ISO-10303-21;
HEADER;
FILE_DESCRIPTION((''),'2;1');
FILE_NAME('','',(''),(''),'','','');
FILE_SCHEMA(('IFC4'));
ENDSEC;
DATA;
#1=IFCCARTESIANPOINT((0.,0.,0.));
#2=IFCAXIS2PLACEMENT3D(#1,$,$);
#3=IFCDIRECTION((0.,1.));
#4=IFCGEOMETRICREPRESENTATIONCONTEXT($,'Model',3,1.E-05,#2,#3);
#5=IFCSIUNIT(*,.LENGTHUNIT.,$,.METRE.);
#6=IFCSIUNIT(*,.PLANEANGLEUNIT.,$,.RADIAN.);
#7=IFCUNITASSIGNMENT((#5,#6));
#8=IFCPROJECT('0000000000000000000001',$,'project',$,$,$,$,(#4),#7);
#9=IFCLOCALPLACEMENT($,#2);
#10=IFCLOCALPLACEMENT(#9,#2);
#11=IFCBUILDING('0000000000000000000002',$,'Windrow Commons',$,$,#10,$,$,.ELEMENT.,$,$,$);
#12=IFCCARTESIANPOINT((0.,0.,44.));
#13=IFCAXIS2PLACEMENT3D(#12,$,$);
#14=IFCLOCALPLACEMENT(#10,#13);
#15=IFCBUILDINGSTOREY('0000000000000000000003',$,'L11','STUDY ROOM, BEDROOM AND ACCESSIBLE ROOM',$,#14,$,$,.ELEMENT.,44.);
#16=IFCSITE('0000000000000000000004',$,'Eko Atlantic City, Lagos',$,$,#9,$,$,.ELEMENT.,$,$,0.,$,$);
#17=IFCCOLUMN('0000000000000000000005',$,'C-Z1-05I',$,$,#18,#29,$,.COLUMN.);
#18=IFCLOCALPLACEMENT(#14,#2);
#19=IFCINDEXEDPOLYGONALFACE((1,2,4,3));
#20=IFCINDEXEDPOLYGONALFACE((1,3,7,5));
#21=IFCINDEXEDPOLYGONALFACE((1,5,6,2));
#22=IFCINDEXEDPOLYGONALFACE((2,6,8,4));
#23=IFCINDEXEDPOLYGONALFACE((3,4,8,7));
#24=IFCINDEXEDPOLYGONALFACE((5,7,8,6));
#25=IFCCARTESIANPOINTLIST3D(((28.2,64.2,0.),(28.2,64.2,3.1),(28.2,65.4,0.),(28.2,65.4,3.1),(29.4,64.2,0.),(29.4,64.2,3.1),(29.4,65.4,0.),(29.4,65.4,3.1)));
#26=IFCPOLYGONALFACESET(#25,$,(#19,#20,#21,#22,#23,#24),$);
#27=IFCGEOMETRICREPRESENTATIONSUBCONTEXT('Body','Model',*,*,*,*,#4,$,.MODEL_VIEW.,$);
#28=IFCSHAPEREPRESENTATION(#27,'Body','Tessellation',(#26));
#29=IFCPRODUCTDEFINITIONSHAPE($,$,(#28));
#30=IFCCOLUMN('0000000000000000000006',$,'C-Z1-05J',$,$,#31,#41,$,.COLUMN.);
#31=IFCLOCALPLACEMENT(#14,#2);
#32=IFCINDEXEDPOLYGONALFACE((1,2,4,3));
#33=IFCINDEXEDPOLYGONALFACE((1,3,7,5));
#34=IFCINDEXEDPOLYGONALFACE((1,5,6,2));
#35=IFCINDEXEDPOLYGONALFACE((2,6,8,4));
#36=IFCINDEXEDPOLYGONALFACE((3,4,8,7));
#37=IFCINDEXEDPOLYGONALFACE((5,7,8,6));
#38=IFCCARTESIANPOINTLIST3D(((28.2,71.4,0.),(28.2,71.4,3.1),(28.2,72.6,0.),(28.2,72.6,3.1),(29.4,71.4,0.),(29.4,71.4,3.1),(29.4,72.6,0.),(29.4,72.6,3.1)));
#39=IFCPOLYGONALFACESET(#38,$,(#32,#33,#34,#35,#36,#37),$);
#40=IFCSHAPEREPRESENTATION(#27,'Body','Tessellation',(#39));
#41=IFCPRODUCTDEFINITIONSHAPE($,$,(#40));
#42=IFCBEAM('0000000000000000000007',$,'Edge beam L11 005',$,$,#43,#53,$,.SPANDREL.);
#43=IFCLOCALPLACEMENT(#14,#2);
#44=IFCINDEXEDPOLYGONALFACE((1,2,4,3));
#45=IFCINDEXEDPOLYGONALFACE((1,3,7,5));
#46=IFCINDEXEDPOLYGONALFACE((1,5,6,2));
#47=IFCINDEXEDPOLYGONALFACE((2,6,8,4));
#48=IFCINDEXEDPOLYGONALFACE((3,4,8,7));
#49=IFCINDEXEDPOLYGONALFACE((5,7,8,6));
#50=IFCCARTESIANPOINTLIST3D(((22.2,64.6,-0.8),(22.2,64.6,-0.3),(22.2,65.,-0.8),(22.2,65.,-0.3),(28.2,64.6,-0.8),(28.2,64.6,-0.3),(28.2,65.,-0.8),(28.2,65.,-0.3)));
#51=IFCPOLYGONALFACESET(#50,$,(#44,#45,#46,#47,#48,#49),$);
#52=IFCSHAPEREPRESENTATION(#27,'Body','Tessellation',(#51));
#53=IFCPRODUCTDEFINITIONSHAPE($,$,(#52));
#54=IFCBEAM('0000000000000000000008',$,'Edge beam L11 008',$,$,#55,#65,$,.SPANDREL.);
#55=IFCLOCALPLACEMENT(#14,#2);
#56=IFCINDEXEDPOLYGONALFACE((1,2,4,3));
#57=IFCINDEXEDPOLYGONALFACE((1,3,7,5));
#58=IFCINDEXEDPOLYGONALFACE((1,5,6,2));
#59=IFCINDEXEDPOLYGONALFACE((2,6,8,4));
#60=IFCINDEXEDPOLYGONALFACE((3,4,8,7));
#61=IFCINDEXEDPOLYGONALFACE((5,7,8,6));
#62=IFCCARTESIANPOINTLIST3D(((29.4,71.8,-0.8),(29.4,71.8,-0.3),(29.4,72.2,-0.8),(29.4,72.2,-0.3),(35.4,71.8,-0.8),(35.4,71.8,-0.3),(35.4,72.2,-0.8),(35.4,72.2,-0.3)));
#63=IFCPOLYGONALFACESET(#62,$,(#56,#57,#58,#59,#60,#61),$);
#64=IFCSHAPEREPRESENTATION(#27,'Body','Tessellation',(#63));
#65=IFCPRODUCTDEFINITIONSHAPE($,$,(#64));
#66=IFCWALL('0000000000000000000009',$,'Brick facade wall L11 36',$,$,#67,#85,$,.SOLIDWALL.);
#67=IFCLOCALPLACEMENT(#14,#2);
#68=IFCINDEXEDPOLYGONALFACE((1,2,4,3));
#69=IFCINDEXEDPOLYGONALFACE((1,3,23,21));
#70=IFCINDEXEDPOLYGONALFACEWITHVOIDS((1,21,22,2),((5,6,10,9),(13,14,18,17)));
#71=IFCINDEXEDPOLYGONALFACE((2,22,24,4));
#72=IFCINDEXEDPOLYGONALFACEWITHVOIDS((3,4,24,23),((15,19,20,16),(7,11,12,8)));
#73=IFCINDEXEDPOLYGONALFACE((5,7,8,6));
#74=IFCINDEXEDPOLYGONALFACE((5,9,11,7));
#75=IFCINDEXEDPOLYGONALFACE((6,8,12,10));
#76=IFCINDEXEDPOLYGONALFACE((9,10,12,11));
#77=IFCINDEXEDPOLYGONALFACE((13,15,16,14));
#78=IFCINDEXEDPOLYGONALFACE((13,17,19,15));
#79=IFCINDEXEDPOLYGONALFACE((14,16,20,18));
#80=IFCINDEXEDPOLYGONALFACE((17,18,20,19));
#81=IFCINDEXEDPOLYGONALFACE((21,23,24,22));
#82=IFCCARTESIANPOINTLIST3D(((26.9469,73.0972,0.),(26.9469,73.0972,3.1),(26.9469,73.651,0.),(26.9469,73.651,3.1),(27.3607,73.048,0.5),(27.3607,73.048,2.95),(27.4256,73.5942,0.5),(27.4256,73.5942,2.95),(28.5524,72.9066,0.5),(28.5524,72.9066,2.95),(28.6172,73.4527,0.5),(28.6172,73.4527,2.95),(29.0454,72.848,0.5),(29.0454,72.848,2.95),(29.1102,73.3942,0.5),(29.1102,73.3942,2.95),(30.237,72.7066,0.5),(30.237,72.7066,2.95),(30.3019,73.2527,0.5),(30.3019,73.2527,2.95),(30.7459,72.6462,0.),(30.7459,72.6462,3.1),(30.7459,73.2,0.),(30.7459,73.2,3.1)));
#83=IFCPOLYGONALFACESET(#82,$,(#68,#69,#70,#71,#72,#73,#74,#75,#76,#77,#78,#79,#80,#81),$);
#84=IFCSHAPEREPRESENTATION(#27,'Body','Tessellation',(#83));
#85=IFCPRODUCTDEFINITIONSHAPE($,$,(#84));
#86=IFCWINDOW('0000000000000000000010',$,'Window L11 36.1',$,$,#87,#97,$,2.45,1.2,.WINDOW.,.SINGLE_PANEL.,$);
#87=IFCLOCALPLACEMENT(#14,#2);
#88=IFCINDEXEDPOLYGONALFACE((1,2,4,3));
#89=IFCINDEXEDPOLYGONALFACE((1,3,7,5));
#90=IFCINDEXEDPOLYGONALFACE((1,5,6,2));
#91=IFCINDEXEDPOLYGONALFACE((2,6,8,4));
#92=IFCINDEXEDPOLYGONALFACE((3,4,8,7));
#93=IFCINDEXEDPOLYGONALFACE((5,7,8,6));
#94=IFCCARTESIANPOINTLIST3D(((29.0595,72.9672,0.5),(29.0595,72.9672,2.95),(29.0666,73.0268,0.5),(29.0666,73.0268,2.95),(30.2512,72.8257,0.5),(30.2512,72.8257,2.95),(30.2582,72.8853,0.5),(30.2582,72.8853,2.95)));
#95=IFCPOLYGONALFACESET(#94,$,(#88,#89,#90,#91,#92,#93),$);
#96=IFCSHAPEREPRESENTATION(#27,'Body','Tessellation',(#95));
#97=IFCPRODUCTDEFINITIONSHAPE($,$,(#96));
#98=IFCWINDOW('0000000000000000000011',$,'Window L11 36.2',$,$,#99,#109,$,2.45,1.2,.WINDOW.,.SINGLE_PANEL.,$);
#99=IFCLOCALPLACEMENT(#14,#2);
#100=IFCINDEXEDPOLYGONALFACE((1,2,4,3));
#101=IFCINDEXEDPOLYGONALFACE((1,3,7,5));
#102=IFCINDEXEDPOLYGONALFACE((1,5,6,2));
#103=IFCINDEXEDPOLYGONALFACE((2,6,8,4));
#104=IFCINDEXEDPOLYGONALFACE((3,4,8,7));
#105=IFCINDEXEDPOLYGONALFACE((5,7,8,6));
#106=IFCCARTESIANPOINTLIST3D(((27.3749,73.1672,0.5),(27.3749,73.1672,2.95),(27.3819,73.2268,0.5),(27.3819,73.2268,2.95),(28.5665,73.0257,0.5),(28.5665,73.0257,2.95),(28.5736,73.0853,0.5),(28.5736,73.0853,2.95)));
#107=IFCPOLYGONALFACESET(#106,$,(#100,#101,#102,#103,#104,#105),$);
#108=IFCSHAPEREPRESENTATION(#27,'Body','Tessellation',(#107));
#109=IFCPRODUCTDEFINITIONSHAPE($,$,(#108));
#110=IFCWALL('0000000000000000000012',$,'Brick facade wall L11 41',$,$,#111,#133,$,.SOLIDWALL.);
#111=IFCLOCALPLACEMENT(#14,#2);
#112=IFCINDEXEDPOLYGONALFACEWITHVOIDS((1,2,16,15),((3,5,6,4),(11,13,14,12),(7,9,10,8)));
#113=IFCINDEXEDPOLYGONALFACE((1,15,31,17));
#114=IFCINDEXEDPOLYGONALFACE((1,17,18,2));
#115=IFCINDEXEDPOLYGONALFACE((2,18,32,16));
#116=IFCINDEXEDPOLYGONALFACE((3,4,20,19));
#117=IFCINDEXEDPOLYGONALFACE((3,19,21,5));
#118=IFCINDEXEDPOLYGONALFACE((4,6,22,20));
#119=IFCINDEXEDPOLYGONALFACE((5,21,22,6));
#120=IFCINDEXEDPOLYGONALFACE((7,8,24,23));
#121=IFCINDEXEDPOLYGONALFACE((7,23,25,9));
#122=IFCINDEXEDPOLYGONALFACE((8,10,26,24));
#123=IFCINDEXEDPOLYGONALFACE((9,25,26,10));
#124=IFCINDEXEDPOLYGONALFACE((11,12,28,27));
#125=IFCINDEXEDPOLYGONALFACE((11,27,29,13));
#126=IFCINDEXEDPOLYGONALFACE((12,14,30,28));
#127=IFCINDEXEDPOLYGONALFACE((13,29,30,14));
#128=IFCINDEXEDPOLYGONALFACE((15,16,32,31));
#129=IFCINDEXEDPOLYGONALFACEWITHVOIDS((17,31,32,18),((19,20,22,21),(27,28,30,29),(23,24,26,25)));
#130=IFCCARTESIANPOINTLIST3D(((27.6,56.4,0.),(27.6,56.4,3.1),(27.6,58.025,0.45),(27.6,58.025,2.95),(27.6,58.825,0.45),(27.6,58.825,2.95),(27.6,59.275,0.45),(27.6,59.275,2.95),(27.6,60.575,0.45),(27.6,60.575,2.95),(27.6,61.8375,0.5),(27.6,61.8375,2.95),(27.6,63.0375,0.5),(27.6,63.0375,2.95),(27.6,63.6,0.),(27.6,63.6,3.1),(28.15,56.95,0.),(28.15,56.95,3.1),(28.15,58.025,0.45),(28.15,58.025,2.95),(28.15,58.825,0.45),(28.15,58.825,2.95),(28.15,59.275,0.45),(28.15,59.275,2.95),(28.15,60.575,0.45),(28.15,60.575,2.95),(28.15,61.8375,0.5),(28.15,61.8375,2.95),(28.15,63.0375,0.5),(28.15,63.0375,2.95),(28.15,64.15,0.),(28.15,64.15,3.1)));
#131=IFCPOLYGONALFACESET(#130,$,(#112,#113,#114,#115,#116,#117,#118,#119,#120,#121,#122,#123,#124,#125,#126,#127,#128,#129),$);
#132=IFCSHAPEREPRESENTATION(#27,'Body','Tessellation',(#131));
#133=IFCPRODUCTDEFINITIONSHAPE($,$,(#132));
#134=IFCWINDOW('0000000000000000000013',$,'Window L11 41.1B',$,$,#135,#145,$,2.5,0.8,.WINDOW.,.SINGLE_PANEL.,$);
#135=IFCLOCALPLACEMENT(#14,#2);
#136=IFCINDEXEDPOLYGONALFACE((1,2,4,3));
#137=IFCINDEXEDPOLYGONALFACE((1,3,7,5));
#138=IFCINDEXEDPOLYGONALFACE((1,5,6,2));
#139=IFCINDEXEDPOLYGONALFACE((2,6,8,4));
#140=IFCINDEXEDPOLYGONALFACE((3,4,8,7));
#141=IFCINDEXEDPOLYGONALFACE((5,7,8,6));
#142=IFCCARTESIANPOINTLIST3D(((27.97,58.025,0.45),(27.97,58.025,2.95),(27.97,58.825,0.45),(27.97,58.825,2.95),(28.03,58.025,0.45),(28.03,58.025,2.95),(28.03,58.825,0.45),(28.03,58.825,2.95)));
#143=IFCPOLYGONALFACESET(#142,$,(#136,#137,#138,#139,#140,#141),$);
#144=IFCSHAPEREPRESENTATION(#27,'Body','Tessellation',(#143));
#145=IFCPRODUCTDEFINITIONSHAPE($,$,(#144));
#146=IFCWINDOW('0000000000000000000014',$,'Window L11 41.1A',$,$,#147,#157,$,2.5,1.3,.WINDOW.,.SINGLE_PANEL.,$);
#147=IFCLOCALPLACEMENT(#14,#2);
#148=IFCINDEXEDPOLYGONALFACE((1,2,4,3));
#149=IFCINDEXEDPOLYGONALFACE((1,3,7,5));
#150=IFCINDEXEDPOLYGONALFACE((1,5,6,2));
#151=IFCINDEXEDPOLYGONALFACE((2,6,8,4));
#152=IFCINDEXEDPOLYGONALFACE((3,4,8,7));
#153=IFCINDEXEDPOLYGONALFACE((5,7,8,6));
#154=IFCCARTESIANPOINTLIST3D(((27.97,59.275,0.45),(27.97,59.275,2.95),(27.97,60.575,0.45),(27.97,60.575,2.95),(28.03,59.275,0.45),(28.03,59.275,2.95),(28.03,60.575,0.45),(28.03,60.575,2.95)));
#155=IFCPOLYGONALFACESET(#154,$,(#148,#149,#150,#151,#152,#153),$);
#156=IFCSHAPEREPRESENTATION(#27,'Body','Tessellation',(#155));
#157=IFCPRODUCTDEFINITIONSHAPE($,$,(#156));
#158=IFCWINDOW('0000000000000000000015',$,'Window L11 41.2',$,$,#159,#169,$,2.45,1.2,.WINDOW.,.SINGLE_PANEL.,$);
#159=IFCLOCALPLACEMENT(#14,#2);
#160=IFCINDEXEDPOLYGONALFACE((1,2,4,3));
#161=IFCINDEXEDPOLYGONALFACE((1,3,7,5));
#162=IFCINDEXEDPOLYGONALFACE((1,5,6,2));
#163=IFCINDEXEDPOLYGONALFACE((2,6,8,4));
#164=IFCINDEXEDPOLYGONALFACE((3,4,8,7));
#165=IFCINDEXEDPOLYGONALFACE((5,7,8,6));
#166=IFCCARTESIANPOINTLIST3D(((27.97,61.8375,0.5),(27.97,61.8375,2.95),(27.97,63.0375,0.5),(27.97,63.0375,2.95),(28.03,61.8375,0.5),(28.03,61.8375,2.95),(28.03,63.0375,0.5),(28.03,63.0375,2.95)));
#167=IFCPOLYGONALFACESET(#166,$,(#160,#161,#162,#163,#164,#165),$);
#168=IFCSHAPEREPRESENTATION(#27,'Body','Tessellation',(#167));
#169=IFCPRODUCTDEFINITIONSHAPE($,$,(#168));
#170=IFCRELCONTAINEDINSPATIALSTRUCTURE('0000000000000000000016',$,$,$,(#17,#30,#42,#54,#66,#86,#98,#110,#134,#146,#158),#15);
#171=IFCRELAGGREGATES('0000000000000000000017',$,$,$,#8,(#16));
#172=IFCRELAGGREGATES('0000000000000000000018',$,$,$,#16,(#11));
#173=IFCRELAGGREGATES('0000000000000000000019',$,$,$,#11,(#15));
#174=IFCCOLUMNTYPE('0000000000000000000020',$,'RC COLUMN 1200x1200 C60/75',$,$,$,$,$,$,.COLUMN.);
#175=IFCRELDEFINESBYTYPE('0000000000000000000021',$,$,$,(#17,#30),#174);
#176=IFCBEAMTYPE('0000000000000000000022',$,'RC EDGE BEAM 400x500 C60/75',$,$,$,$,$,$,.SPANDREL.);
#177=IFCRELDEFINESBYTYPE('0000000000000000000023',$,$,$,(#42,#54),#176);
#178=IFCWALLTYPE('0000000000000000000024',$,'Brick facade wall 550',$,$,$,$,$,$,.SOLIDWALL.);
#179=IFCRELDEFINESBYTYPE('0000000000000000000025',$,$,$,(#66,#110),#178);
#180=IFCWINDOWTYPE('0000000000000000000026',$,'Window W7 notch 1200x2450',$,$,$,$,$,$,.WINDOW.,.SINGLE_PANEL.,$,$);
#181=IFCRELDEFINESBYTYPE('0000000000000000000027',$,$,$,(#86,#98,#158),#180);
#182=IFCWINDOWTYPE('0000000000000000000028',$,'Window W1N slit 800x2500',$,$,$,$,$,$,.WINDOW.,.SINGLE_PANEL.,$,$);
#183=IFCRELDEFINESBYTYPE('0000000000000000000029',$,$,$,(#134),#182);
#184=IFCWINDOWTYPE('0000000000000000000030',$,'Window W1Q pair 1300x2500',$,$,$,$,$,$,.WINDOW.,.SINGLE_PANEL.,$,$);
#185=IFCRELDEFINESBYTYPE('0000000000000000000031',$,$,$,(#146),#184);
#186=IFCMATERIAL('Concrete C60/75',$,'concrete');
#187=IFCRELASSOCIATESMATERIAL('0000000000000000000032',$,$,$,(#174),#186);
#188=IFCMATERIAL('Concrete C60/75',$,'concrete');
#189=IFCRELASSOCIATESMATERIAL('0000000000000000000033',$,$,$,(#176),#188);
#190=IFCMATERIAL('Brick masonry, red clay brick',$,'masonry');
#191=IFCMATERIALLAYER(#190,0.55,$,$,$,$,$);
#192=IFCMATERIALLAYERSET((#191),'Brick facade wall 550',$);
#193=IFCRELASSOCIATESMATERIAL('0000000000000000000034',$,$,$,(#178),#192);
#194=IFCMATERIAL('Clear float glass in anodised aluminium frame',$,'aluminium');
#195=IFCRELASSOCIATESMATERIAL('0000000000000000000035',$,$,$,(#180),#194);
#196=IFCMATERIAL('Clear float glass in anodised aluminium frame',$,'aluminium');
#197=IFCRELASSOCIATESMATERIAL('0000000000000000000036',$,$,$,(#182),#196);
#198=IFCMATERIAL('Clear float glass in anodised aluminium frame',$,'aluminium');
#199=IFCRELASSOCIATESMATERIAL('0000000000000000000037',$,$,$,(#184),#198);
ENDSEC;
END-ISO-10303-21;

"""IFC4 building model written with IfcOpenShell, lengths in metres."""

from ifc_helpers import new_model, si_unit, direction, frame, frame_2d, origin, origin_2d, place, context, subcontext, project, spatial, polyline, rectangle, outline, extrude, material, layer, layer_set, material_profile, profile_set, type_object, element, fill, save


model = new_model("IFC4")

# Units and contexts
model_context = context("Model", 3, precision=1e-05, world=origin(), true_north=direction((0.0, 1.0)))
body_context = subcontext(model_context, "Body", "Model", "MODEL_VIEW")
ifc_project = project(units=[si_unit("LENGTHUNIT", "METRE"), si_unit("PLANEANGLEUNIT", "RADIAN")], contexts=[model_context])

# Site, building, storey
site_placement = place(None, origin())
site = spatial("IfcSite", under=ifc_project, at=site_placement, Name="Eko Atlantic City, Lagos", CompositionType="ELEMENT", RefElevation=0.0)
building_placement = place(site_placement, origin())
building = spatial("IfcBuilding", under=site, at=building_placement, Name="Windrow Commons", CompositionType="ELEMENT")
storey_placement = place(building_placement, frame((0.0, 0.0, 44.0)))
storey = spatial("IfcBuildingStorey", under=building, at=storey_placement, Name="L11", Description="STUDY ROOM, BEDROOM AND ACCESSIBLE ROOM", CompositionType="ELEMENT", Elevation=44.0)

# Columns
ifc_material_1 = material(Name="Concrete C60/75", Category="concrete")
ifc_material_profile_1 = material_profile(ifc_material_1, rectangle(XDim=1.2, YDim=1.2, at=origin_2d()))
ifc_profile_set_1 = profile_set([ifc_material_profile_1], Name="Concrete C60/75")
column_type = type_object("IfcColumnType", Name="RC COLUMN 1200x1200 C60/75", PredefinedType="COLUMN", material=ifc_profile_set_1)
for number, where, z_axis, x_axis, name in (
    (1, (28.8, 64.8, 0.0), (0.0, 0.0, 1.0), (1.0, 0.0, 0.0), "C-Z1-05I"),
    (2, (28.8, 72.0, 0.0), (0.0, 0.0, 1.0), (1.0, 0.0, 0.0), "C-Z1-05J"),
):
    element("IfcColumn", number, at=place(storey_placement, frame(where, z_axis=z_axis, x_axis=x_axis)), inside=storey, type_object=column_type, Name=name, PredefinedType="COLUMN", context=body_context, shape_type="SweptSolid", body=[
        extrude(rectangle(XDim=1.2, YDim=1.2, at=origin_2d()), origin(), (0.0, 0.0, 1.0), 3.1),
    ])

# Beams
ifc_material_2 = material(Name="Concrete C60/75", Category="concrete")
ifc_material_profile_2 = material_profile(ifc_material_2, rectangle(XDim=0.4, YDim=0.5, at=origin_2d()))
ifc_profile_set_2 = profile_set([ifc_material_profile_2], Name="Concrete C60/75")
beam_type = type_object("IfcBeamType", Name="RC EDGE BEAM 400x500 C60/75", PredefinedType="SPANDREL", material=ifc_profile_set_2)
for number, where, z_axis, x_axis, name in (
    (3, (28.2, 64.8, -0.55), (-1.0, 0.0, 0.0), (0.0, -1.0, 0.0), "Edge beam L11 005"),
    (4, (29.4, 72.0, -0.55), (1.0, 0.0, 0.0), (0.0, 1.0, 0.0), "Edge beam L11 008"),
):
    element("IfcBeam", number, at=place(storey_placement, frame(where, z_axis=z_axis, x_axis=x_axis)), inside=storey, type_object=beam_type, Name=name, PredefinedType="SPANDREL", context=body_context, shape_type="SweptSolid", body=[
        extrude(rectangle(XDim=0.4, YDim=0.5, at=origin_2d()), origin(), (0.0, 0.0, 1.0), 6.0),
    ])

# Walls, openings, windows
ifc_material_3 = material(Name="Brick masonry, red clay brick", Category="masonry")
ifc_layer_1 = layer(ifc_material_3, 0.55)
ifc_layer_set_1 = layer_set([ifc_layer_1], Name="Brick facade wall 550")
wall_type_1 = type_object("IfcWallType", Name="Brick facade wall 550", PredefinedType="SOLIDWALL", material=ifc_layer_set_1)
wall_1_placement = place(storey_placement, frame((30.7459, 72.9231, 0.0), z_axis=(0.0, 0.0, 1.0), x_axis=(-0.993027, 0.117888, 0.0)))
wall_1 = element("IfcWall", 5, at=wall_1_placement, inside=storey, type_object=wall_type_1, Name="Brick facade wall L11 36", PredefinedType="SOLIDWALL", context=body_context, shape_type="SweptSolid", body=[
    extrude(outline(polyline([(0.0326, -0.275), (3.8583, -0.275), (3.793, 0.275), (-0.0326, 0.275), (0.0326, -0.275)])), origin(), (0.0, 0.0, 1.0), 3.1),
])
opening_1_placement = place(wall_1_placement, frame((0.4798, 0.0, 0.5)))
opening_1 = element("IfcOpeningElement", 6, at=opening_1_placement, cuts=wall_1, PredefinedType="OPENING", context=body_context, shape_type="SweptSolid", body=[
    extrude(rectangle(XDim=1.2, YDim=2.45, at=frame_2d((0.6, 1.225))), frame((0.0, 0.285, 0.0), z_axis=(0.0, -1.0, 0.0), x_axis=(1.0, 0.0, 0.0)), (0.0, 0.0, 1.0), 0.57),
])
opening_2_placement = place(wall_1_placement, frame((2.1763, 0.0, 0.5)))
opening_2 = element("IfcOpeningElement", 7, at=opening_2_placement, cuts=wall_1, PredefinedType="OPENING", context=body_context, shape_type="SweptSolid", body=[
    extrude(rectangle(XDim=1.2, YDim=2.45, at=frame_2d((0.6, 1.225))), frame((0.0, 0.285, 0.0), z_axis=(0.0, -1.0, 0.0), x_axis=(1.0, 0.0, 0.0)), (0.0, 0.0, 1.0), 0.57),
])
ifc_material_4 = material(Name="Clear float glass in anodised aluminium frame", Category="aluminium")
window_type_1 = type_object("IfcWindowType", Name="Window W7 notch 1200x2450", PartitioningType="SINGLE_PANEL", PredefinedType="WINDOW", material=ifc_material_4)
window_1_placement = place(opening_1_placement, origin())
window_1 = element("IfcWindow", 8, at=window_1_placement, inside=storey, type_object=window_type_1, Name="Window L11 36.1", OverallHeight=2.45, OverallWidth=1.2, PartitioningType="SINGLE_PANEL", PredefinedType="WINDOW", context=body_context, shape_type="SweptSolid", body=[
    extrude(rectangle(XDim=1.2, YDim=2.45, at=frame_2d((0.6, 1.225))), frame((0.0, 0.155, 0.0), z_axis=(0.0, -1.0, 0.0), x_axis=(1.0, 0.0, 0.0)), (0.0, 0.0, 1.0), 0.06),
])
fill(opening_1, window_1)
window_2_placement = place(opening_2_placement, origin())
window_2 = element("IfcWindow", 9, at=window_2_placement, inside=storey, type_object=window_type_1, Name="Window L11 36.2", OverallHeight=2.45, OverallWidth=1.2, PartitioningType="SINGLE_PANEL", PredefinedType="WINDOW", context=body_context, shape_type="SweptSolid", body=[
    extrude(rectangle(XDim=1.2, YDim=2.45, at=frame_2d((0.6, 1.225))), frame((0.0, 0.155, 0.0), z_axis=(0.0, -1.0, 0.0), x_axis=(1.0, 0.0, 0.0)), (0.0, 0.0, 1.0), 0.06),
])
fill(opening_2, window_2)
wall_2_placement = place(storey_placement, frame((27.875, 63.875, 0.0), z_axis=(0.0, 0.0, 1.0), x_axis=(0.0, -1.0, 0.0)))
wall_2 = element("IfcWall", 10, at=wall_2_placement, inside=storey, type_object=wall_type_1, Name="Brick facade wall L11 41", PredefinedType="SOLIDWALL", context=body_context, shape_type="SweptSolid", body=[
    extrude(outline(polyline([(0.275, -0.275), (7.475, -0.275), (6.925, 0.275), (-0.275, 0.275), (0.275, -0.275)])), origin(), (0.0, 0.0, 1.0), 3.1),
])
opening_3_placement = place(wall_2_placement, frame((0.8375, 0.0, 0.5)))
opening_3 = element("IfcOpeningElement", 11, at=opening_3_placement, cuts=wall_2, PredefinedType="OPENING", context=body_context, shape_type="SweptSolid", body=[
    extrude(rectangle(XDim=1.2, YDim=2.45, at=frame_2d((0.6, 1.225))), frame((0.0, 0.285, 0.0), z_axis=(0.0, -1.0, 0.0), x_axis=(1.0, 0.0, 0.0)), (0.0, 0.0, 1.0), 0.57),
])
opening_4_placement = place(wall_2_placement, frame((3.3, 0.0, 0.45)))
opening_4 = element("IfcOpeningElement", 12, at=opening_4_placement, cuts=wall_2, PredefinedType="OPENING", context=body_context, shape_type="SweptSolid", body=[
    extrude(rectangle(XDim=1.3, YDim=2.5, at=frame_2d((0.65, 1.25))), frame((0.0, 0.285, 0.0), z_axis=(0.0, -1.0, 0.0), x_axis=(1.0, 0.0, 0.0)), (0.0, 0.0, 1.0), 0.57),
])
opening_5_placement = place(wall_2_placement, frame((5.05, 0.0, 0.45)))
opening_5 = element("IfcOpeningElement", 13, at=opening_5_placement, cuts=wall_2, PredefinedType="OPENING", context=body_context, shape_type="SweptSolid", body=[
    extrude(rectangle(XDim=0.8, YDim=2.5, at=frame_2d((0.4, 1.25))), frame((0.0, 0.285, 0.0), z_axis=(0.0, -1.0, 0.0), x_axis=(1.0, 0.0, 0.0)), (0.0, 0.0, 1.0), 0.57),
])
ifc_material_5 = material(Name="Clear float glass in anodised aluminium frame", Category="aluminium")
window_type_2 = type_object("IfcWindowType", Name="Window W1N slit 800x2500", PartitioningType="SINGLE_PANEL", PredefinedType="WINDOW", material=ifc_material_5)
window_3_placement = place(opening_5_placement, origin())
window_3 = element("IfcWindow", 14, at=window_3_placement, inside=storey, type_object=window_type_2, Name="Window L11 41.1B", OverallHeight=2.5, OverallWidth=0.8, PartitioningType="SINGLE_PANEL", PredefinedType="WINDOW", context=body_context, shape_type="SweptSolid", body=[
    extrude(rectangle(XDim=0.8, YDim=2.5, at=frame_2d((0.4, 1.25))), frame((0.0, 0.155, 0.0), z_axis=(0.0, -1.0, 0.0), x_axis=(1.0, 0.0, 0.0)), (0.0, 0.0, 1.0), 0.06),
])
fill(opening_5, window_3)
ifc_material_6 = material(Name="Clear float glass in anodised aluminium frame", Category="aluminium")
window_type_3 = type_object("IfcWindowType", Name="Window W1Q pair 1300x2500", PartitioningType="SINGLE_PANEL", PredefinedType="WINDOW", material=ifc_material_6)
window_4_placement = place(opening_4_placement, origin())
window_4 = element("IfcWindow", 15, at=window_4_placement, inside=storey, type_object=window_type_3, Name="Window L11 41.1A", OverallHeight=2.5, OverallWidth=1.3, PartitioningType="SINGLE_PANEL", PredefinedType="WINDOW", context=body_context, shape_type="SweptSolid", body=[
    extrude(rectangle(XDim=1.3, YDim=2.5, at=frame_2d((0.65, 1.25))), frame((0.0, 0.155, 0.0), z_axis=(0.0, -1.0, 0.0), x_axis=(1.0, 0.0, 0.0)), (0.0, 0.0, 1.0), 0.06),
])
fill(opening_4, window_4)
window_5_placement = place(opening_3_placement, origin())
window_5 = element("IfcWindow", 16, at=window_5_placement, inside=storey, type_object=window_type_1, Name="Window L11 41.2", OverallHeight=2.45, OverallWidth=1.2, PartitioningType="SINGLE_PANEL", PredefinedType="WINDOW", context=body_context, shape_type="SweptSolid", body=[
    extrude(rectangle(XDim=1.2, YDim=2.45, at=frame_2d((0.6, 1.225))), frame((0.0, 0.155, 0.0), z_axis=(0.0, -1.0, 0.0), x_axis=(1.0, 0.0, 0.0)), (0.0, 0.0, 1.0), 0.06),
])
fill(opening_3, window_5)

save(model, "model.ifc")
